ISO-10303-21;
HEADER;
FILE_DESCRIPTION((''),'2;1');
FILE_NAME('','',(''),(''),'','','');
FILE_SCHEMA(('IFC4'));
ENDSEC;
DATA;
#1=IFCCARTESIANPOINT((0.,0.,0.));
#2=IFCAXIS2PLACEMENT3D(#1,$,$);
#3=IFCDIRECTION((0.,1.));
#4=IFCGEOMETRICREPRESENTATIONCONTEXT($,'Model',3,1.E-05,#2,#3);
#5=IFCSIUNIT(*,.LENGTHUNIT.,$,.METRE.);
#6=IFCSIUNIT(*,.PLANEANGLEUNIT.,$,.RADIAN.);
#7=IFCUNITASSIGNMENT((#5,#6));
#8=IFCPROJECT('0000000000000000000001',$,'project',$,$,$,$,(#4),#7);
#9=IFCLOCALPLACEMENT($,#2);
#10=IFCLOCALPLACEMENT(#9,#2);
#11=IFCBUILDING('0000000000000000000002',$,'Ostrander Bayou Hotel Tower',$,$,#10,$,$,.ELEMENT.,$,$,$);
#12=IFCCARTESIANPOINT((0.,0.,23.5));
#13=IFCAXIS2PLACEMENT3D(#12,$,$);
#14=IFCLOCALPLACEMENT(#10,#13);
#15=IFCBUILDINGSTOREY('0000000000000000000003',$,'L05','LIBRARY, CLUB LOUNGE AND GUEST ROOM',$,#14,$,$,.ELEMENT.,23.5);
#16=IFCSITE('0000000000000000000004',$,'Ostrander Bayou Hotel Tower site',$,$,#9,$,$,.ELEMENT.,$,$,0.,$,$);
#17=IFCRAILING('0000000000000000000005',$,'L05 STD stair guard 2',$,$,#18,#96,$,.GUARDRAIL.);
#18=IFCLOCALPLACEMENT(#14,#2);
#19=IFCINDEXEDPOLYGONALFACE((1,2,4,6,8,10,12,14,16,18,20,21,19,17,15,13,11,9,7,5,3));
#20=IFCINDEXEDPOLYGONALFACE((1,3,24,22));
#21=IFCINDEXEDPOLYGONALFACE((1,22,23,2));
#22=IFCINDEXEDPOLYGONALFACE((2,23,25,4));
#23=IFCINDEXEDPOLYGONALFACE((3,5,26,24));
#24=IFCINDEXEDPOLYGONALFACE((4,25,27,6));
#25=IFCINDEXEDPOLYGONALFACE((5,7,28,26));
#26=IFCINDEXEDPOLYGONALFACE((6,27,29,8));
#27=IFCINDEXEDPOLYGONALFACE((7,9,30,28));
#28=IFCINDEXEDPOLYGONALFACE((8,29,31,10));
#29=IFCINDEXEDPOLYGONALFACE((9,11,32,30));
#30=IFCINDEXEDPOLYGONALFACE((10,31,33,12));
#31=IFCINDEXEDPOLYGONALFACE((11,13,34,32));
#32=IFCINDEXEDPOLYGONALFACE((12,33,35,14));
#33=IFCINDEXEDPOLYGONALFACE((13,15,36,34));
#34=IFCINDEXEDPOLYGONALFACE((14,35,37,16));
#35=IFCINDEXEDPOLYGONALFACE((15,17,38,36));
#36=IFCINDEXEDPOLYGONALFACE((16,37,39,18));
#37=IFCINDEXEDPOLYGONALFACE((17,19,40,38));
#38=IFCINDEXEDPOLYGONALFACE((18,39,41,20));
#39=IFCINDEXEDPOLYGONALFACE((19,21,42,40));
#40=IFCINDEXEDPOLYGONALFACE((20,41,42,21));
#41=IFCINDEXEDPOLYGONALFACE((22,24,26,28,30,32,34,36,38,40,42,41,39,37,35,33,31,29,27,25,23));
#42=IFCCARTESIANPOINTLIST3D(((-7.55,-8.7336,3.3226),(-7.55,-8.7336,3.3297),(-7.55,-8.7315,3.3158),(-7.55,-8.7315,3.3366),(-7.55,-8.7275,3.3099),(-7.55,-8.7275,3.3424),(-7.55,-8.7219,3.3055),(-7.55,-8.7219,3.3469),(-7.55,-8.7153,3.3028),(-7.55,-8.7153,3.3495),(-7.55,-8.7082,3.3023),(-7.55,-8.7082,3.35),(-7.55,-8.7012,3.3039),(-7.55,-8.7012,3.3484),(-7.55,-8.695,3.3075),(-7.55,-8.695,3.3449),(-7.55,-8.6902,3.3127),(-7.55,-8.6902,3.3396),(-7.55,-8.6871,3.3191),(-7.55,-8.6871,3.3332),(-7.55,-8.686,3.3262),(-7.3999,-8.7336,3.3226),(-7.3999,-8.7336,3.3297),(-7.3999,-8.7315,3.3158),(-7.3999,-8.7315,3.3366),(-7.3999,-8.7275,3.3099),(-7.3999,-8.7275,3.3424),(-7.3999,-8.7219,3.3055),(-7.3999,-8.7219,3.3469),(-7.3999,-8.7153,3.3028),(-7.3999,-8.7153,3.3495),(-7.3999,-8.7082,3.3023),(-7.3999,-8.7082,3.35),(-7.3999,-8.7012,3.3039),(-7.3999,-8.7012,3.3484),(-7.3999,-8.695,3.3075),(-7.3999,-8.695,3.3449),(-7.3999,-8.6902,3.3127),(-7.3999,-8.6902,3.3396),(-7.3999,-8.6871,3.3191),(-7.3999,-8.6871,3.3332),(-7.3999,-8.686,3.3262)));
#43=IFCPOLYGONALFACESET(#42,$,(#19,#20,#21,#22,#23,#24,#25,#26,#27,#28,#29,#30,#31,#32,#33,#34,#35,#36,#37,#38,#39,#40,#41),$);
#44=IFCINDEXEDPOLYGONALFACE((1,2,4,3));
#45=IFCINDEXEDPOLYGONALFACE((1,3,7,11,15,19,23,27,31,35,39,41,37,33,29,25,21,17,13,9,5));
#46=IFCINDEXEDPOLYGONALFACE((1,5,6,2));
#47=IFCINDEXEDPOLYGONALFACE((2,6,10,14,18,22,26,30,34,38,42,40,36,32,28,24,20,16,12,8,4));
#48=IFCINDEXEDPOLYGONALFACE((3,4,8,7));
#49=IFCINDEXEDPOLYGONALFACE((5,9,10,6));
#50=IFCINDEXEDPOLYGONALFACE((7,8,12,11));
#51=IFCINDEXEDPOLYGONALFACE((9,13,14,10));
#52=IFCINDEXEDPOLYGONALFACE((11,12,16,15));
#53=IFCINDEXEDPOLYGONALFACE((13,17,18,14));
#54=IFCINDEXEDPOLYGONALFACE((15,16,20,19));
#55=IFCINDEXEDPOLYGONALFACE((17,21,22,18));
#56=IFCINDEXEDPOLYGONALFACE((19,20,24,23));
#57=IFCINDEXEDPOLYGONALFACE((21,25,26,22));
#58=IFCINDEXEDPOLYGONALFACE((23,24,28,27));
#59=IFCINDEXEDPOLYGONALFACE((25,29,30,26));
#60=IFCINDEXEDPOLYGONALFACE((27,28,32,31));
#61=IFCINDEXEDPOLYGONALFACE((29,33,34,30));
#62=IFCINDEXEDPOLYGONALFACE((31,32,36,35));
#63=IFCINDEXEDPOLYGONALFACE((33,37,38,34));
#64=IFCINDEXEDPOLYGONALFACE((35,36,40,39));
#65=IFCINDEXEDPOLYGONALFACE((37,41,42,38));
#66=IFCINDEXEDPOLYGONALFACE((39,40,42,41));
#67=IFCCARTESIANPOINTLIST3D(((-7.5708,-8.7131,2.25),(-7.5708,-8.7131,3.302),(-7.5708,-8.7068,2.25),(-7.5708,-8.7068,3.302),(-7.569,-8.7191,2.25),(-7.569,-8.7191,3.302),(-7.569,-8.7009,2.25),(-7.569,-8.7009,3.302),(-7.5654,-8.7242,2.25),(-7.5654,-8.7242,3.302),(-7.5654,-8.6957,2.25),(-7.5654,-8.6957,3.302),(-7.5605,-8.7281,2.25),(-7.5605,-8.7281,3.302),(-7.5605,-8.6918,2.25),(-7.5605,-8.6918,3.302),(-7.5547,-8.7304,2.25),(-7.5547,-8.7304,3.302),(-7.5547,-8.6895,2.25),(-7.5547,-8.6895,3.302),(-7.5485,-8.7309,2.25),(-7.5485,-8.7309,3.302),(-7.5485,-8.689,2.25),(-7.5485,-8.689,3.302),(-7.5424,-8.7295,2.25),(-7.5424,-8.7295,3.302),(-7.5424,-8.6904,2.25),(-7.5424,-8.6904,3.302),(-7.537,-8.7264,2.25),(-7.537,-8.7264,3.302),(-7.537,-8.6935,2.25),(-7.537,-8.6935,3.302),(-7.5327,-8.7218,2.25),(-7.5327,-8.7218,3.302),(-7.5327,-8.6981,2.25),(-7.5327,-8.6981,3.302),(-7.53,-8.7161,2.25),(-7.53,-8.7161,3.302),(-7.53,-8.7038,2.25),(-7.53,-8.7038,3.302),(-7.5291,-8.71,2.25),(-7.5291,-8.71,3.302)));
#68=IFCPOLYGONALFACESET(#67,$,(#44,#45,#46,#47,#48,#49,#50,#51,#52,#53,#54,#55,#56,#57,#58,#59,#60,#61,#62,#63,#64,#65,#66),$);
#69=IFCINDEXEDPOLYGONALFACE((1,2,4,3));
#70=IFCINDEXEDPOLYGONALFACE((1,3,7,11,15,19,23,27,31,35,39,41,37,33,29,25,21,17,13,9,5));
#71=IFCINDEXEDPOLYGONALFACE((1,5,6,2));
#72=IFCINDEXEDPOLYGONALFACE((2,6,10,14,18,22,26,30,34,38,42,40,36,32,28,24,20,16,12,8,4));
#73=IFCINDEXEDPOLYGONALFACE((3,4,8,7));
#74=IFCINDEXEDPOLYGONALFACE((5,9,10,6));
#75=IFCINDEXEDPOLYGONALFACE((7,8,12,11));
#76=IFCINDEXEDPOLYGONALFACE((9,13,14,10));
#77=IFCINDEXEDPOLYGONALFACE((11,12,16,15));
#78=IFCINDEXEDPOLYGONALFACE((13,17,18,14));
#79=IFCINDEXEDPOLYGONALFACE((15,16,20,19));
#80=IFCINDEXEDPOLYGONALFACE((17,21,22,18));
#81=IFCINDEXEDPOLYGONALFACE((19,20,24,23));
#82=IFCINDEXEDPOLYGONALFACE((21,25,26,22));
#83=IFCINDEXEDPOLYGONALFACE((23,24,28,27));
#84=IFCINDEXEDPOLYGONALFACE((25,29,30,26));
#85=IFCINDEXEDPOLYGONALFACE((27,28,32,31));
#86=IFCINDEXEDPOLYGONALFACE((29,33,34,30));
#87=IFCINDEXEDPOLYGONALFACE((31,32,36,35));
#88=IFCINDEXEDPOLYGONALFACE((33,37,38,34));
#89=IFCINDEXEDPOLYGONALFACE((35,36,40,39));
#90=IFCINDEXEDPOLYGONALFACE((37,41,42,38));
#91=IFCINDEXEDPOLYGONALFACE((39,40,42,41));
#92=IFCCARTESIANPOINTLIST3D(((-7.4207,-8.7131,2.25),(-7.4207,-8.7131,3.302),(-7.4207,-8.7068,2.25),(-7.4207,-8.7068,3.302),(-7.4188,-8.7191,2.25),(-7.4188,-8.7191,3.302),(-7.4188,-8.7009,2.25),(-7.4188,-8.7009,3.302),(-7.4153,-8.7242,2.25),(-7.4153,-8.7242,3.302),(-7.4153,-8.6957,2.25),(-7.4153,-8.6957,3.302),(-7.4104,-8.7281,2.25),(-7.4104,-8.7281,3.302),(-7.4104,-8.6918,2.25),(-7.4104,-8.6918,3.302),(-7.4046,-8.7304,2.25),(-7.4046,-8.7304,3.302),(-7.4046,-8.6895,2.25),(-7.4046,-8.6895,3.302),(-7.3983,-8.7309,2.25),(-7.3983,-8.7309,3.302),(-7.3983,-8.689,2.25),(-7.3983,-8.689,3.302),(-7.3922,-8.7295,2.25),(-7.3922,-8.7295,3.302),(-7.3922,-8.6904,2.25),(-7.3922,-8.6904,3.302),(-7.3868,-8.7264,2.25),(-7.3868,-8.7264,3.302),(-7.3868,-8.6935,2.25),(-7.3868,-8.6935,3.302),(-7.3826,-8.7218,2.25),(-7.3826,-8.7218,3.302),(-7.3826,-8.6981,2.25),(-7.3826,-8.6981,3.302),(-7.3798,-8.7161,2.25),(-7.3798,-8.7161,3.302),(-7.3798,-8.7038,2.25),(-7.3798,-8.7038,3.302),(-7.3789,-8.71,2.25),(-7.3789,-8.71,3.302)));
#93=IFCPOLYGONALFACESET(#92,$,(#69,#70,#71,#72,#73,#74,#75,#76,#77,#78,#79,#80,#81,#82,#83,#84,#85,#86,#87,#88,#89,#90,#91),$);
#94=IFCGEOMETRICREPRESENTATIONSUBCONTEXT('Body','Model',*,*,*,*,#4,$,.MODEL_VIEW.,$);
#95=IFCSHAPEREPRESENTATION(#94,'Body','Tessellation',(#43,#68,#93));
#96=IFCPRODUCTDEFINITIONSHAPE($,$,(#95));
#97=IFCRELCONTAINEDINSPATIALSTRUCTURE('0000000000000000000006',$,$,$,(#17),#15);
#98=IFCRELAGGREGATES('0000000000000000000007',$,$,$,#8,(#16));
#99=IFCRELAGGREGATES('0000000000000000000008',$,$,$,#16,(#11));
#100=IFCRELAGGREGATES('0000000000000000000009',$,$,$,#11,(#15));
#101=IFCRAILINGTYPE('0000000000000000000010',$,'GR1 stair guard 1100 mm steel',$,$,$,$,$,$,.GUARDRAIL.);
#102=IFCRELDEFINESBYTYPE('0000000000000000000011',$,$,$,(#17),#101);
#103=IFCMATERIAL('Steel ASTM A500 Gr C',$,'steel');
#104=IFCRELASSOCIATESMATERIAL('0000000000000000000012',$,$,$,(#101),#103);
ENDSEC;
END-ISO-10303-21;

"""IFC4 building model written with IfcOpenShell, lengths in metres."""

from ifc_helpers import new_model, si_unit, direction, frame, origin, origin_2d, place, context, subcontext, project, spatial, circle, extrude, material, type_object, element, save


model = new_model("IFC4")

# Units and contexts
model_context = context("Model", 3, precision=1e-05, world=origin(), true_north=direction((0.0, 1.0)))
body_context = subcontext(model_context, "Body", "Model", "MODEL_VIEW")
ifc_project = project(units=[si_unit("LENGTHUNIT", "METRE"), si_unit("PLANEANGLEUNIT", "RADIAN")], contexts=[model_context])

# Site, building, storey
site_placement = place(None, origin())
site = spatial("IfcSite", under=ifc_project, at=site_placement, Name="Ostrander Bayou Hotel Tower site", CompositionType="ELEMENT", RefElevation=0.0)
building_placement = place(site_placement, origin())
building = spatial("IfcBuilding", under=site, at=building_placement, Name="Ostrander Bayou Hotel Tower", CompositionType="ELEMENT")
storey_placement = place(building_placement, frame((0.0, 0.0, 23.5)))
storey = spatial("IfcBuildingStorey", under=building, at=storey_placement, Name="L05", Description="LIBRARY, CLUB LOUNGE AND GUEST ROOM", CompositionType="ELEMENT", Elevation=23.5)

# Railing
ifc_material_1 = material(Name="Steel ASTM A500 Gr C", Category="steel")
railing_type_1 = type_object("IfcRailingType", Name="GR1 stair guard 1100 mm steel", PredefinedType="GUARDRAIL", material=ifc_material_1)
railing_1_placement = place(storey_placement, frame((-7.55, -8.71, 2.25)))
element("IfcRailing", 1, at=railing_1_placement, inside=storey, type_object=railing_type_1, Name="L05 STD stair guard 2", PredefinedType="GUARDRAIL", context=body_context, shape_type="SweptSolid", body=[
    extrude(circle(Radius=0.0239, at=origin_2d()), frame((0.0, 0.0, 1.0762), z_axis=(1.0, 0.0, 0.0), x_axis=(0.0, 1.0, 0.0)), (0.0, 0.0, 1.0), 0.1501),
    extrude(circle(Radius=0.021, at=origin_2d()), origin(), (0.0, 0.0, 1.0), 1.052),
    extrude(circle(Radius=0.021, at=origin_2d()), frame((0.1501, 0.0, 0.0)), (0.0, 0.0, 1.0), 1.052),
])

save(model, "model.ifc")
